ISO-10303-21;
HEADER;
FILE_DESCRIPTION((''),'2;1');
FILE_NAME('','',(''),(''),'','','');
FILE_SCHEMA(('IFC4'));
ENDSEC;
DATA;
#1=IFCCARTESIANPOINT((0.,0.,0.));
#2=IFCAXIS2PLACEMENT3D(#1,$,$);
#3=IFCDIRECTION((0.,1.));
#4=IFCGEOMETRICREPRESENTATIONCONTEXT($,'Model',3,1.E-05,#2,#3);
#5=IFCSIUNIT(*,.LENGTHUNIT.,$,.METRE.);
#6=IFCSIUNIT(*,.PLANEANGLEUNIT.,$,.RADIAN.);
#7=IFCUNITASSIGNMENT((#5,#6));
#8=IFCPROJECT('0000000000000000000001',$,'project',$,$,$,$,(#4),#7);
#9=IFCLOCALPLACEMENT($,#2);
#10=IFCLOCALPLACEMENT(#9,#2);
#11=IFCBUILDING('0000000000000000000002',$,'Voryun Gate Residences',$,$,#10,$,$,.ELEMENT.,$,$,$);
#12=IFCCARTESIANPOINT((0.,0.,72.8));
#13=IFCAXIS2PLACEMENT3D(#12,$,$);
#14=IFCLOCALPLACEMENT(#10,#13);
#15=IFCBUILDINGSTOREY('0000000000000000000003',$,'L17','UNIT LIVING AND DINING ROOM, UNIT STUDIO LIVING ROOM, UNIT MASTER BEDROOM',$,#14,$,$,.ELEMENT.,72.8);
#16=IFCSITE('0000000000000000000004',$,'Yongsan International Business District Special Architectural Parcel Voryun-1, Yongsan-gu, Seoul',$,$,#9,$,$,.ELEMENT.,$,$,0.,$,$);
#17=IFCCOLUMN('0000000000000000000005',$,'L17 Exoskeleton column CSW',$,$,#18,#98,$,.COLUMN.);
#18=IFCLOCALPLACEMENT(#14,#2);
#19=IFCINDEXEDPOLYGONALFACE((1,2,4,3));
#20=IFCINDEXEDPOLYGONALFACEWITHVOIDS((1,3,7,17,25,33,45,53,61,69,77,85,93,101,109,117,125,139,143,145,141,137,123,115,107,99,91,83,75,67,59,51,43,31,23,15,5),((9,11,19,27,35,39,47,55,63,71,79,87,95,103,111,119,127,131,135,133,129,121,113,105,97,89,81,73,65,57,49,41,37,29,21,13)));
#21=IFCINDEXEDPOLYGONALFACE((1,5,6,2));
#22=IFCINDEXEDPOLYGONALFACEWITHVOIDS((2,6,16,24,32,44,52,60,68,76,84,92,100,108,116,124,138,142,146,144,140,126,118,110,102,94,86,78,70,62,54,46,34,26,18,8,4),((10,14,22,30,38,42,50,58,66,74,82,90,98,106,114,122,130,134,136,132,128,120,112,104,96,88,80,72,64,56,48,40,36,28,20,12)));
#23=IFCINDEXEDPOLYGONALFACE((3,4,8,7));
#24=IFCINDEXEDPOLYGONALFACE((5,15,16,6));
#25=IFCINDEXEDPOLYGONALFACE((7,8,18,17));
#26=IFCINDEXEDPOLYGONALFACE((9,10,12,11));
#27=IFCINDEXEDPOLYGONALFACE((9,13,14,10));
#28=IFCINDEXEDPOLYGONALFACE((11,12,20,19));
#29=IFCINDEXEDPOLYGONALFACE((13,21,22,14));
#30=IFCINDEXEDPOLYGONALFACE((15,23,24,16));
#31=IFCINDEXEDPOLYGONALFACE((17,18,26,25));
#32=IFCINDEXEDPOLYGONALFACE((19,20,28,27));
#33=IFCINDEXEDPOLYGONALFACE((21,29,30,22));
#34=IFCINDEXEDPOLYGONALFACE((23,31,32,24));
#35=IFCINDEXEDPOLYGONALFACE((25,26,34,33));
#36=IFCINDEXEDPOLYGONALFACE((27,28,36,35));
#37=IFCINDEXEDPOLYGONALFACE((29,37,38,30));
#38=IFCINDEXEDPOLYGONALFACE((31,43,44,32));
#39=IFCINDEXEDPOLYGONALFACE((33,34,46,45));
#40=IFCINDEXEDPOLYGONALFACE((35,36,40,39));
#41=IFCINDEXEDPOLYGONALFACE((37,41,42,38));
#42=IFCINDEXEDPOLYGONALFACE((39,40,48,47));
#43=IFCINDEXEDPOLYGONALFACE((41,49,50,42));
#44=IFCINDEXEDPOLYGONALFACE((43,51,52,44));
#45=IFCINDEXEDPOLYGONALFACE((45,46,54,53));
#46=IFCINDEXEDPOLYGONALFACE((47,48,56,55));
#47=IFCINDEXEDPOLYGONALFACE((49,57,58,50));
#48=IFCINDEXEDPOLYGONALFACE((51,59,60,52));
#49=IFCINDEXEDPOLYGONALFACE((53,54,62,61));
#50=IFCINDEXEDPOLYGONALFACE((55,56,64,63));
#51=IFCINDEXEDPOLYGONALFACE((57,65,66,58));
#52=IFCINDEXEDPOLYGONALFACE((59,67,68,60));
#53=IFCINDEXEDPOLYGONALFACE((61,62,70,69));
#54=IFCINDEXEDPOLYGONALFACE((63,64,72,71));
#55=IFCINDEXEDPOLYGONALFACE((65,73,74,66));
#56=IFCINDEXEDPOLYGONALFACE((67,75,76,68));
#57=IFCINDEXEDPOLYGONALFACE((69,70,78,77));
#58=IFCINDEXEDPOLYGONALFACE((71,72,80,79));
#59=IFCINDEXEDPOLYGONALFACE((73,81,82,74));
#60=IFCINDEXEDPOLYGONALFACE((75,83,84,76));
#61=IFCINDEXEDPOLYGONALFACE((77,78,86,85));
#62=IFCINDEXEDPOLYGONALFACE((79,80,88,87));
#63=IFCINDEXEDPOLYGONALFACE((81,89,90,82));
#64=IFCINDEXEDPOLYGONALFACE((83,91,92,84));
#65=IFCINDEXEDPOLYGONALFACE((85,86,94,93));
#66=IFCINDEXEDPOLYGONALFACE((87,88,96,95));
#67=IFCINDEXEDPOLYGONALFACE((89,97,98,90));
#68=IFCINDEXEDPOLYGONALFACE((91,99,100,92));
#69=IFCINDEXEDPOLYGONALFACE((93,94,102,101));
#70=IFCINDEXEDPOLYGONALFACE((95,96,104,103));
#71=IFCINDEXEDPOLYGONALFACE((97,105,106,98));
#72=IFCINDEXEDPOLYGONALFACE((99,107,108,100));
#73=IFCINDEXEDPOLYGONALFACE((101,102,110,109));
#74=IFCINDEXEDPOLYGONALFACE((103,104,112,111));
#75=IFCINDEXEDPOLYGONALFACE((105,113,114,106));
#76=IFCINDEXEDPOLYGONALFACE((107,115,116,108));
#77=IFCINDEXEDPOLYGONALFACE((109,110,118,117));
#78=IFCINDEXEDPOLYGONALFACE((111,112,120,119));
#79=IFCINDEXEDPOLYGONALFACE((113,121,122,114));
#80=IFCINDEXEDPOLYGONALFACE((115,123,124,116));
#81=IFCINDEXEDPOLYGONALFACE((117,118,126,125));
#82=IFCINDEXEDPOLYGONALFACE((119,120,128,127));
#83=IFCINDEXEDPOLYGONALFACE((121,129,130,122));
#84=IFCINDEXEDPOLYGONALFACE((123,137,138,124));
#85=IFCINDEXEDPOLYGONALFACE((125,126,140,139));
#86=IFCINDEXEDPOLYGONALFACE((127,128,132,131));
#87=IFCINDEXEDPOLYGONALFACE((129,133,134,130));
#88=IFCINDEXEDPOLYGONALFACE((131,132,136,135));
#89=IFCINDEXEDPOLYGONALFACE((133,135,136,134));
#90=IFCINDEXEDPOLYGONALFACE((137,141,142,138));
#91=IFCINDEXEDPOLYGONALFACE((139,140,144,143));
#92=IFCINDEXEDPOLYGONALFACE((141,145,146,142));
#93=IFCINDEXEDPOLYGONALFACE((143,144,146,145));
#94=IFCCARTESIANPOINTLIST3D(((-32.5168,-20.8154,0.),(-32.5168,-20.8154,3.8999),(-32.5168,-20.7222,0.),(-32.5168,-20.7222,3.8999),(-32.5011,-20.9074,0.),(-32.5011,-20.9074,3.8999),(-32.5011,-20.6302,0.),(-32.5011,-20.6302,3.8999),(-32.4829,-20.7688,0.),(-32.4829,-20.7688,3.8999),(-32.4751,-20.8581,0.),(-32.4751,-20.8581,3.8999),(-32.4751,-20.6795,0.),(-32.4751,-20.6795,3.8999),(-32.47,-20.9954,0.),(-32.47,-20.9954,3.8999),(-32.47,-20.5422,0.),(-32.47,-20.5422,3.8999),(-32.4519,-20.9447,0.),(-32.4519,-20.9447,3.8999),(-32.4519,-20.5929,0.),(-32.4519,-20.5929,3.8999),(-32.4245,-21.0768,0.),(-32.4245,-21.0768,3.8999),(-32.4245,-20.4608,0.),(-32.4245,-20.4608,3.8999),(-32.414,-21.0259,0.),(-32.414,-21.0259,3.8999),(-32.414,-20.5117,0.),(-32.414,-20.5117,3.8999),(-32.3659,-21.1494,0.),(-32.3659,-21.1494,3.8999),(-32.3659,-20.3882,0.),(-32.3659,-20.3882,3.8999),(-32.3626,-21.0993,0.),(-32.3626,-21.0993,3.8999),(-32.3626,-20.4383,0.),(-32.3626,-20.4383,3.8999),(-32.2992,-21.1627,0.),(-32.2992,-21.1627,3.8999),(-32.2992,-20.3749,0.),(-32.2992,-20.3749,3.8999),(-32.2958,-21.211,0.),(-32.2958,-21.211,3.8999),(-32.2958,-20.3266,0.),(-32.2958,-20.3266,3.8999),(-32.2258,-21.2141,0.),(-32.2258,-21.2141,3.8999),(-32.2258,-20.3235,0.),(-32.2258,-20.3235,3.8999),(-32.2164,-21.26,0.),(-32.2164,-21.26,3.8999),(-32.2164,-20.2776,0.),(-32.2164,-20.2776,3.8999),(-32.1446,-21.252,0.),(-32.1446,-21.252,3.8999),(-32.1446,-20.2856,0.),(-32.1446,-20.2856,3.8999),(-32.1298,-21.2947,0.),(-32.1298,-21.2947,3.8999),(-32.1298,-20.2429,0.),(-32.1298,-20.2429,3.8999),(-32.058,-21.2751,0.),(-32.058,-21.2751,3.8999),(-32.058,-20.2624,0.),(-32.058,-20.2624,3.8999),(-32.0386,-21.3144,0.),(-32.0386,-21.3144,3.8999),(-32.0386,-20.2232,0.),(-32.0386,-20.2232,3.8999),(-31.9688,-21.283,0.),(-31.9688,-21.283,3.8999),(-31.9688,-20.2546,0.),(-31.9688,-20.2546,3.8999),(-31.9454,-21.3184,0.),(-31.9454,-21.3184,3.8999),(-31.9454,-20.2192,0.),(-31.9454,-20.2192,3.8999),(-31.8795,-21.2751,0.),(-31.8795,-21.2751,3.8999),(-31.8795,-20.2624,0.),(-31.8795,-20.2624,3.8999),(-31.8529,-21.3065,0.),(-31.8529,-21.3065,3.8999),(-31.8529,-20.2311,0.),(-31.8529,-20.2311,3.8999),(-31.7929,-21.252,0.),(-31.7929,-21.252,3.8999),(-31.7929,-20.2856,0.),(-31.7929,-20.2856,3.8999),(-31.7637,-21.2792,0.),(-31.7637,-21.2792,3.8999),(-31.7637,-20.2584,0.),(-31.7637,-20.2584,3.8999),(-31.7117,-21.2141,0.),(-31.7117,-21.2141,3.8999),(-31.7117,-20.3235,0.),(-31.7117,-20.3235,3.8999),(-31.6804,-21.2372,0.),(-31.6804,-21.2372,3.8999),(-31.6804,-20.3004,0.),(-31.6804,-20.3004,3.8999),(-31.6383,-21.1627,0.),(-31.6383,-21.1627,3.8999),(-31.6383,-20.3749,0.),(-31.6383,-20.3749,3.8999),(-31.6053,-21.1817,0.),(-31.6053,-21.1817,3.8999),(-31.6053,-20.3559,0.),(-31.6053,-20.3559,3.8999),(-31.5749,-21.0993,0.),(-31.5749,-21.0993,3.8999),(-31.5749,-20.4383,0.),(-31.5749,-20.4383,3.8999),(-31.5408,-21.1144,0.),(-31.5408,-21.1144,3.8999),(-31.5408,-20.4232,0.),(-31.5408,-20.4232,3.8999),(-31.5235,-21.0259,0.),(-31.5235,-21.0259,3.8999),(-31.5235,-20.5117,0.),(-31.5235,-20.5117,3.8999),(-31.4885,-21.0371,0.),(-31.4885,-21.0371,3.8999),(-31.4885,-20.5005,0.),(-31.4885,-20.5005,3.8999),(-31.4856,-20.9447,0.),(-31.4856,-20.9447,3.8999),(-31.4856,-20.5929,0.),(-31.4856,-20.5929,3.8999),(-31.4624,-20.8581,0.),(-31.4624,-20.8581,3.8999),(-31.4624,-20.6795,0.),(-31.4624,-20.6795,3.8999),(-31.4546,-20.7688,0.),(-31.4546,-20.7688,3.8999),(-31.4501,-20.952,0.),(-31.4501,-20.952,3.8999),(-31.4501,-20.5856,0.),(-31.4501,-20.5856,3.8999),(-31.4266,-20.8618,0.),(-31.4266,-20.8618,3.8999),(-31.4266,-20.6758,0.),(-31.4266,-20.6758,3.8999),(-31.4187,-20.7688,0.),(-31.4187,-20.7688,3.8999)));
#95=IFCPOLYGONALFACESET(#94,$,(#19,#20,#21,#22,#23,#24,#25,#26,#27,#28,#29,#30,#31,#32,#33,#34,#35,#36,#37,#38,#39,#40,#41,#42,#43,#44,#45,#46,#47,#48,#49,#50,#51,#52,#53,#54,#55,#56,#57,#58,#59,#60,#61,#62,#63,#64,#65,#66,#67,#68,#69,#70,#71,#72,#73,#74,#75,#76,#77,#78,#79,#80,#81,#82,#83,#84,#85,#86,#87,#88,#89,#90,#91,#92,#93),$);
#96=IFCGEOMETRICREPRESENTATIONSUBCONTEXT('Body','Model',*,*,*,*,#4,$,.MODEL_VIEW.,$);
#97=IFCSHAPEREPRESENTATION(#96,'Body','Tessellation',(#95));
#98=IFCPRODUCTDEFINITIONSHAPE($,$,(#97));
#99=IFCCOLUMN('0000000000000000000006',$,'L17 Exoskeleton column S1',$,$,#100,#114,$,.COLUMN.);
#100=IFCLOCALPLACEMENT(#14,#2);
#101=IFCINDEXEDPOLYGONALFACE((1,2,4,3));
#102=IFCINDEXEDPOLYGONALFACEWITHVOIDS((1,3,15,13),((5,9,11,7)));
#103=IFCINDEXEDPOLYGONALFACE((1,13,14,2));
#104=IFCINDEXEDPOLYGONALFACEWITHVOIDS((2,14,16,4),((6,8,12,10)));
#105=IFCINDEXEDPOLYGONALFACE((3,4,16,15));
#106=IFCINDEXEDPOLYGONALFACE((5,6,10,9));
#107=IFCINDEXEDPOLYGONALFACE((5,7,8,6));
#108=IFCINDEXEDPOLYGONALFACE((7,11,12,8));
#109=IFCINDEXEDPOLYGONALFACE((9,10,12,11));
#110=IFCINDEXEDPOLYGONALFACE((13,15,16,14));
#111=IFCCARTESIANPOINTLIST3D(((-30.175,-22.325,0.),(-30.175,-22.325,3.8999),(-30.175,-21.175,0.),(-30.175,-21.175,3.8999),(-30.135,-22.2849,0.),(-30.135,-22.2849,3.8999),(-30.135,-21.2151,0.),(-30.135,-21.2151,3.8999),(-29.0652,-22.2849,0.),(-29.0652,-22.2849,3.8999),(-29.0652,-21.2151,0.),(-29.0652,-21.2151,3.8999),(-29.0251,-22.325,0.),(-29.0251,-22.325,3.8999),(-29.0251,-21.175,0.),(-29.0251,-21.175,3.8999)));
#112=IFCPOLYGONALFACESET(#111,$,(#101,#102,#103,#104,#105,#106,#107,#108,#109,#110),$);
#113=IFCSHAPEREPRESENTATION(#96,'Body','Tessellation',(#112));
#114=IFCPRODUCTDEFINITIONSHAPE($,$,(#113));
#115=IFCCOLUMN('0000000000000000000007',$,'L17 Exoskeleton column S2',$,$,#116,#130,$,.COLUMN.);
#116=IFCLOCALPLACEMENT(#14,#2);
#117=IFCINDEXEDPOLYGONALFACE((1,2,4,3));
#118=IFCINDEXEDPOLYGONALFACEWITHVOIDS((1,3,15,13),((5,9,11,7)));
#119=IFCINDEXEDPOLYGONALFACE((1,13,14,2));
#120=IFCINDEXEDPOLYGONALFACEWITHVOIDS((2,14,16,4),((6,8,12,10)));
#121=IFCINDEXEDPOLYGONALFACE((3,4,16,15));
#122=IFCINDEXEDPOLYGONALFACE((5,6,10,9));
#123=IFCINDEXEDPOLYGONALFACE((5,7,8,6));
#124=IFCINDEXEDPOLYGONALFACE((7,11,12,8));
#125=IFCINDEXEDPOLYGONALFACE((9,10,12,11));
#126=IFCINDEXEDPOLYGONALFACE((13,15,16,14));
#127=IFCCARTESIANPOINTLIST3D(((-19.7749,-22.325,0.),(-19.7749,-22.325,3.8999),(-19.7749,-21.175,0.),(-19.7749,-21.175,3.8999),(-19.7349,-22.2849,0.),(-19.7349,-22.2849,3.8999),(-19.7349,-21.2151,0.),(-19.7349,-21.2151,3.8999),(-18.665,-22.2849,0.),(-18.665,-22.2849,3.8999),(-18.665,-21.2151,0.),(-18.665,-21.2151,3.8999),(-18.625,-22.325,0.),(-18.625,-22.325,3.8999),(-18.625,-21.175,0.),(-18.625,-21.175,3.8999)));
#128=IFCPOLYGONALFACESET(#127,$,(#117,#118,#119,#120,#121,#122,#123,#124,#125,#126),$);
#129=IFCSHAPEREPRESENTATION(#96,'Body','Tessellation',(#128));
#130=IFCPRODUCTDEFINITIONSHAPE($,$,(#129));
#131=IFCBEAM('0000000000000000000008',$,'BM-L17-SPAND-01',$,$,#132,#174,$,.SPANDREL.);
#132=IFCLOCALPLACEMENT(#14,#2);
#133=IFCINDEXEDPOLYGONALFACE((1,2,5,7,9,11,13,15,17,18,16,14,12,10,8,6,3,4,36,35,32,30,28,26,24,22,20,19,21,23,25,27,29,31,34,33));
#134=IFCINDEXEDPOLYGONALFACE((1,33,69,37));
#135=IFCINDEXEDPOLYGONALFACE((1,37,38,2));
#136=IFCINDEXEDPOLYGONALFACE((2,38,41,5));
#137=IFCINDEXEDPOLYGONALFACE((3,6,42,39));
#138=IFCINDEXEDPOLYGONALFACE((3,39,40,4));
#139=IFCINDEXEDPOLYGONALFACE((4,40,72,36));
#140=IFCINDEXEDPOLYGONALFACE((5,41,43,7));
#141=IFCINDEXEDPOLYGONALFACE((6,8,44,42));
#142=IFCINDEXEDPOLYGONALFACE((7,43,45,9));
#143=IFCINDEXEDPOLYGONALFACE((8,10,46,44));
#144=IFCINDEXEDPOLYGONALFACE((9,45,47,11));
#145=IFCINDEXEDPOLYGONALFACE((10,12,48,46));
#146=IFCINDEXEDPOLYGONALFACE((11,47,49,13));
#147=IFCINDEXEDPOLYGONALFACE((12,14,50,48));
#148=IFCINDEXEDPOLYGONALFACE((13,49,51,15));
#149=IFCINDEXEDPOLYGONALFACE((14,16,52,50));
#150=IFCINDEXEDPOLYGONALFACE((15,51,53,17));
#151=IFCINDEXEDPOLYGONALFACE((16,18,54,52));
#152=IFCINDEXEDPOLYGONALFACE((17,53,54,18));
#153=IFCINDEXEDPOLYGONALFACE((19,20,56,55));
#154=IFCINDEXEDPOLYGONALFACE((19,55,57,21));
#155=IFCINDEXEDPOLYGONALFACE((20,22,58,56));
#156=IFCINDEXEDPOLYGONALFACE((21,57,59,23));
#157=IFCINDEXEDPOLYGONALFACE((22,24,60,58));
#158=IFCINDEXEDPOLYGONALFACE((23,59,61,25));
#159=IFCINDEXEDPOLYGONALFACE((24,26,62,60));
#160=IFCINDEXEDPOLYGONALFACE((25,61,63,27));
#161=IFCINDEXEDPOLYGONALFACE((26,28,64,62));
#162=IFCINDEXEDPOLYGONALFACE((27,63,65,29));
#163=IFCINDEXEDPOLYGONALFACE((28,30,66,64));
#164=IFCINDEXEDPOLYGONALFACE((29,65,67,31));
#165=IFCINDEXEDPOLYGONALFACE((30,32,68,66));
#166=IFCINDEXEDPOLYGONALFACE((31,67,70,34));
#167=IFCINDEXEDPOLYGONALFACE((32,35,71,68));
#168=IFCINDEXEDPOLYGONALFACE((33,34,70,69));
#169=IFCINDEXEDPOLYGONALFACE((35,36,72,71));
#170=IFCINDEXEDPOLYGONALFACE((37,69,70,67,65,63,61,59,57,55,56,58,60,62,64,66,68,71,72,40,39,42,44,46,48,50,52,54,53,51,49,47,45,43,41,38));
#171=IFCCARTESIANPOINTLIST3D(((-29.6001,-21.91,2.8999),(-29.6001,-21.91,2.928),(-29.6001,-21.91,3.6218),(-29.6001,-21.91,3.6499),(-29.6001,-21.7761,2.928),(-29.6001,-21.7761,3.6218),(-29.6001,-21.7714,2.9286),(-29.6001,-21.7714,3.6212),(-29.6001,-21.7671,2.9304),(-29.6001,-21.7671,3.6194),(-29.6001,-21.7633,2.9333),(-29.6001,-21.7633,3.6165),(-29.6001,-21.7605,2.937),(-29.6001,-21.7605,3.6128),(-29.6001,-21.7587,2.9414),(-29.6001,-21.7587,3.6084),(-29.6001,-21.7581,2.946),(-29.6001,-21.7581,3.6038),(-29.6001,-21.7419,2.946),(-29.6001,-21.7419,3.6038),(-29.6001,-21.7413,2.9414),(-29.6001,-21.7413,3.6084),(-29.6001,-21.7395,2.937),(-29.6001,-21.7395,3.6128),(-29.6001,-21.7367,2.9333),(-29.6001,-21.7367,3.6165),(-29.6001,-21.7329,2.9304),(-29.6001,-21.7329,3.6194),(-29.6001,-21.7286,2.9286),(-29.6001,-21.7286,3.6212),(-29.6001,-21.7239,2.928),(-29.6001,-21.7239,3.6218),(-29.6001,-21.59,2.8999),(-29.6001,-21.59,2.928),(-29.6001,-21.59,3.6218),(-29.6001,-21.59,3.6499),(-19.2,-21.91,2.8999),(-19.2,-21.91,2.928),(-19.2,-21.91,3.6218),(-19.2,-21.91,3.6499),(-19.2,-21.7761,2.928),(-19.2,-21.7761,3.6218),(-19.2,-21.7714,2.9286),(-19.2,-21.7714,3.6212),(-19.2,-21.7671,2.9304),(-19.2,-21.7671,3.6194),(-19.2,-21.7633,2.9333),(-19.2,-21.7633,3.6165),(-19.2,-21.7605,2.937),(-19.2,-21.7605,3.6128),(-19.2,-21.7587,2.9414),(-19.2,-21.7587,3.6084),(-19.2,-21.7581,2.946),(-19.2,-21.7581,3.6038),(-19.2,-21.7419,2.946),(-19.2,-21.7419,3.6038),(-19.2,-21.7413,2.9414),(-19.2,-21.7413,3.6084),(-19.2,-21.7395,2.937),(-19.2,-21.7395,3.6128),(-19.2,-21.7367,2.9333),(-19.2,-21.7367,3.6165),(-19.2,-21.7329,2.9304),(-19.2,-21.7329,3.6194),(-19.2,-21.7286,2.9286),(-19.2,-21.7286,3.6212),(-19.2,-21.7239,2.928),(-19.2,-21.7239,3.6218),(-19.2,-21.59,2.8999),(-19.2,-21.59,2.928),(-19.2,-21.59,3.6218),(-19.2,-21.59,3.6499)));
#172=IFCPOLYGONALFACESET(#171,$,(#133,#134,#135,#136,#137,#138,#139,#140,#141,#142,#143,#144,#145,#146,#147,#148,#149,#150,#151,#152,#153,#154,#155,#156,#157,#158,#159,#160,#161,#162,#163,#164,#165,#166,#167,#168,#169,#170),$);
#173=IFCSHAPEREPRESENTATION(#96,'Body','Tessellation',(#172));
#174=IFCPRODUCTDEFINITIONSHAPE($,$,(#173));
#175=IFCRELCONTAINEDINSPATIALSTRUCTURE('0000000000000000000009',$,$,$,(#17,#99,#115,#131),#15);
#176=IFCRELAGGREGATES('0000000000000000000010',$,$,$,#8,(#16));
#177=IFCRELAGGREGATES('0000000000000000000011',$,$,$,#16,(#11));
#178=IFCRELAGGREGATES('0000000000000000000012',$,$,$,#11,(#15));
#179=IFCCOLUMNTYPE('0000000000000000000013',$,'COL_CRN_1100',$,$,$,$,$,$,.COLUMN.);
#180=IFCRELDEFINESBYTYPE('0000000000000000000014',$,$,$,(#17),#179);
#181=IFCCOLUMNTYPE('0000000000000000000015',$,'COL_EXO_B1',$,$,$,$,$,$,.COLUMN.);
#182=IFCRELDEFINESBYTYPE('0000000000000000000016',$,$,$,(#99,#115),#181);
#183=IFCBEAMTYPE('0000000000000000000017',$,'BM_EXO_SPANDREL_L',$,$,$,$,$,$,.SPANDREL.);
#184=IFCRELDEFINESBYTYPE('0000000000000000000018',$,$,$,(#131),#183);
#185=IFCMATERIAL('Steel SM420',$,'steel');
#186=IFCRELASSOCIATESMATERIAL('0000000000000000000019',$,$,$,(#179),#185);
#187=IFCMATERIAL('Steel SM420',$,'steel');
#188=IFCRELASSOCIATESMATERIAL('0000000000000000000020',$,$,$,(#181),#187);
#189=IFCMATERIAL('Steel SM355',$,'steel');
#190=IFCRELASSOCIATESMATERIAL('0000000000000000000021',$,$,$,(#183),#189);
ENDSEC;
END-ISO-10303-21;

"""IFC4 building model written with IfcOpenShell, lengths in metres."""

from ifc_helpers import new_model, si_unit, direction, frame, origin, origin_2d, place, context, subcontext, project, spatial, hollow_rectangle, hollow_circle, i_section, extrude, material, material_profile, profile_set, type_object, element, save


model = new_model("IFC4")

# Units and contexts
model_context = context("Model", 3, precision=1e-05, world=origin(), true_north=direction((0.0, 1.0)))
body_context = subcontext(model_context, "Body", "Model", "MODEL_VIEW")
ifc_project = project(units=[si_unit("LENGTHUNIT", "METRE"), si_unit("PLANEANGLEUNIT", "RADIAN")], contexts=[model_context])

# Site, building, storey
site_placement = place(None, origin())
site = spatial("IfcSite", under=ifc_project, at=site_placement, Name="Yongsan International Business District Special Architectural Parcel Voryun-1, Yongsan-gu, Seoul", CompositionType="ELEMENT", RefElevation=0.0)
building_placement = place(site_placement, origin())
building = spatial("IfcBuilding", under=site, at=building_placement, Name="Voryun Gate Residences", CompositionType="ELEMENT")
storey_placement = place(building_placement, frame((0.0, 0.0, 72.8)))
storey = spatial("IfcBuildingStorey", under=building, at=storey_placement, Name="L17", Description="UNIT LIVING AND DINING ROOM, UNIT STUDIO LIVING ROOM, UNIT MASTER BEDROOM", CompositionType="ELEMENT", Elevation=72.8)

# Columns
ifc_material_1 = material(Name="Steel SM420", Category="steel")
ifc_material_profile_1 = material_profile(ifc_material_1, hollow_circle(Radius=0.55, WallThickness=0.0359, at=origin_2d()), Name="CHS-1100x36")
ifc_profile_set_1 = profile_set([ifc_material_profile_1], Name="Steel SM420")
column_type_1 = type_object("IfcColumnType", Name="COL_CRN_1100", PredefinedType="COLUMN", material=ifc_profile_set_1)
column_placement = place(storey_placement, frame((-31.9688, -20.7688, 0.0), z_axis=(0.0, 0.0, 1.0), x_axis=(1.0, 0.0, 0.0)))
element("IfcColumn", 1, at=column_placement, inside=storey, type_object=column_type_1, Name="L17 Exoskeleton column CSW", PredefinedType="COLUMN", context=body_context, shape_type="SweptSolid", body=[
    extrude(hollow_circle(Radius=0.55, WallThickness=0.0359, at=origin_2d()), origin(), (0.0, 0.0, 1.0), 3.8999),
])
ifc_material_2 = material(Name="Steel SM420", Category="steel")
ifc_material_profile_2 = material_profile(ifc_material_2, hollow_rectangle(XDim=1.1499, YDim=1.1499, WallThickness=0.04, at=origin_2d()), Name="BOX-1150x1150x40")
ifc_profile_set_2 = profile_set([ifc_material_profile_2], Name="Steel SM420")
column_type_2 = type_object("IfcColumnType", Name="COL_EXO_B1", PredefinedType="COLUMN", material=ifc_profile_set_2)
for number, where, z_axis, x_axis, name in (
    (2, (-29.6001, -21.75, 0.0), (0.0, 0.0, 1.0), (1.0, 0.0, 0.0), "L17 Exoskeleton column S1"),
    (3, (-19.2, -21.75, 0.0), (0.0, 0.0, 1.0), (1.0, 0.0, 0.0), "L17 Exoskeleton column S2"),
):
    element("IfcColumn", number, at=place(storey_placement, frame(where, z_axis=z_axis, x_axis=x_axis)), inside=storey, type_object=column_type_2, Name=name, PredefinedType="COLUMN", context=body_context, shape_type="SweptSolid", body=[
        extrude(hollow_rectangle(XDim=1.1499, YDim=1.1499, WallThickness=0.04, at=origin_2d()), origin(), (0.0, 0.0, 1.0), 3.8999),
    ])

# Beam
ifc_material_3 = material(Name="Steel SM355", Category="steel")
ifc_material_profile_3 = material_profile(ifc_material_3, i_section(OverallWidth=0.3201, OverallDepth=0.75, WebThickness=0.0161, FlangeThickness=0.0281, FilletRadius=0.0181, at=origin_2d()), Name="H-750x320x16x28")
ifc_profile_set_3 = profile_set([ifc_material_profile_3], Name="Steel SM355")
beam_type = type_object("IfcBeamType", Name="BM_EXO_SPANDREL_L", PredefinedType="SPANDREL", material=ifc_profile_set_3)
beam_1_placement = place(storey_placement, frame((-29.6001, -21.75, 3.2749), z_axis=(1.0, 0.0, 0.0), x_axis=(0.0, 1.0, 0.0)))
element("IfcBeam", 4, at=beam_1_placement, inside=storey, type_object=beam_type, Name="BM-L17-SPAND-01", PredefinedType="SPANDREL", context=body_context, shape_type="SweptSolid", body=[
    extrude(i_section(OverallWidth=0.3201, OverallDepth=0.75, WebThickness=0.0161, FlangeThickness=0.0281, FilletRadius=0.0181, at=origin_2d()), origin(), (0.0, 0.0, 1.0), 10.4001),
])

save(model, "model.ifc")
